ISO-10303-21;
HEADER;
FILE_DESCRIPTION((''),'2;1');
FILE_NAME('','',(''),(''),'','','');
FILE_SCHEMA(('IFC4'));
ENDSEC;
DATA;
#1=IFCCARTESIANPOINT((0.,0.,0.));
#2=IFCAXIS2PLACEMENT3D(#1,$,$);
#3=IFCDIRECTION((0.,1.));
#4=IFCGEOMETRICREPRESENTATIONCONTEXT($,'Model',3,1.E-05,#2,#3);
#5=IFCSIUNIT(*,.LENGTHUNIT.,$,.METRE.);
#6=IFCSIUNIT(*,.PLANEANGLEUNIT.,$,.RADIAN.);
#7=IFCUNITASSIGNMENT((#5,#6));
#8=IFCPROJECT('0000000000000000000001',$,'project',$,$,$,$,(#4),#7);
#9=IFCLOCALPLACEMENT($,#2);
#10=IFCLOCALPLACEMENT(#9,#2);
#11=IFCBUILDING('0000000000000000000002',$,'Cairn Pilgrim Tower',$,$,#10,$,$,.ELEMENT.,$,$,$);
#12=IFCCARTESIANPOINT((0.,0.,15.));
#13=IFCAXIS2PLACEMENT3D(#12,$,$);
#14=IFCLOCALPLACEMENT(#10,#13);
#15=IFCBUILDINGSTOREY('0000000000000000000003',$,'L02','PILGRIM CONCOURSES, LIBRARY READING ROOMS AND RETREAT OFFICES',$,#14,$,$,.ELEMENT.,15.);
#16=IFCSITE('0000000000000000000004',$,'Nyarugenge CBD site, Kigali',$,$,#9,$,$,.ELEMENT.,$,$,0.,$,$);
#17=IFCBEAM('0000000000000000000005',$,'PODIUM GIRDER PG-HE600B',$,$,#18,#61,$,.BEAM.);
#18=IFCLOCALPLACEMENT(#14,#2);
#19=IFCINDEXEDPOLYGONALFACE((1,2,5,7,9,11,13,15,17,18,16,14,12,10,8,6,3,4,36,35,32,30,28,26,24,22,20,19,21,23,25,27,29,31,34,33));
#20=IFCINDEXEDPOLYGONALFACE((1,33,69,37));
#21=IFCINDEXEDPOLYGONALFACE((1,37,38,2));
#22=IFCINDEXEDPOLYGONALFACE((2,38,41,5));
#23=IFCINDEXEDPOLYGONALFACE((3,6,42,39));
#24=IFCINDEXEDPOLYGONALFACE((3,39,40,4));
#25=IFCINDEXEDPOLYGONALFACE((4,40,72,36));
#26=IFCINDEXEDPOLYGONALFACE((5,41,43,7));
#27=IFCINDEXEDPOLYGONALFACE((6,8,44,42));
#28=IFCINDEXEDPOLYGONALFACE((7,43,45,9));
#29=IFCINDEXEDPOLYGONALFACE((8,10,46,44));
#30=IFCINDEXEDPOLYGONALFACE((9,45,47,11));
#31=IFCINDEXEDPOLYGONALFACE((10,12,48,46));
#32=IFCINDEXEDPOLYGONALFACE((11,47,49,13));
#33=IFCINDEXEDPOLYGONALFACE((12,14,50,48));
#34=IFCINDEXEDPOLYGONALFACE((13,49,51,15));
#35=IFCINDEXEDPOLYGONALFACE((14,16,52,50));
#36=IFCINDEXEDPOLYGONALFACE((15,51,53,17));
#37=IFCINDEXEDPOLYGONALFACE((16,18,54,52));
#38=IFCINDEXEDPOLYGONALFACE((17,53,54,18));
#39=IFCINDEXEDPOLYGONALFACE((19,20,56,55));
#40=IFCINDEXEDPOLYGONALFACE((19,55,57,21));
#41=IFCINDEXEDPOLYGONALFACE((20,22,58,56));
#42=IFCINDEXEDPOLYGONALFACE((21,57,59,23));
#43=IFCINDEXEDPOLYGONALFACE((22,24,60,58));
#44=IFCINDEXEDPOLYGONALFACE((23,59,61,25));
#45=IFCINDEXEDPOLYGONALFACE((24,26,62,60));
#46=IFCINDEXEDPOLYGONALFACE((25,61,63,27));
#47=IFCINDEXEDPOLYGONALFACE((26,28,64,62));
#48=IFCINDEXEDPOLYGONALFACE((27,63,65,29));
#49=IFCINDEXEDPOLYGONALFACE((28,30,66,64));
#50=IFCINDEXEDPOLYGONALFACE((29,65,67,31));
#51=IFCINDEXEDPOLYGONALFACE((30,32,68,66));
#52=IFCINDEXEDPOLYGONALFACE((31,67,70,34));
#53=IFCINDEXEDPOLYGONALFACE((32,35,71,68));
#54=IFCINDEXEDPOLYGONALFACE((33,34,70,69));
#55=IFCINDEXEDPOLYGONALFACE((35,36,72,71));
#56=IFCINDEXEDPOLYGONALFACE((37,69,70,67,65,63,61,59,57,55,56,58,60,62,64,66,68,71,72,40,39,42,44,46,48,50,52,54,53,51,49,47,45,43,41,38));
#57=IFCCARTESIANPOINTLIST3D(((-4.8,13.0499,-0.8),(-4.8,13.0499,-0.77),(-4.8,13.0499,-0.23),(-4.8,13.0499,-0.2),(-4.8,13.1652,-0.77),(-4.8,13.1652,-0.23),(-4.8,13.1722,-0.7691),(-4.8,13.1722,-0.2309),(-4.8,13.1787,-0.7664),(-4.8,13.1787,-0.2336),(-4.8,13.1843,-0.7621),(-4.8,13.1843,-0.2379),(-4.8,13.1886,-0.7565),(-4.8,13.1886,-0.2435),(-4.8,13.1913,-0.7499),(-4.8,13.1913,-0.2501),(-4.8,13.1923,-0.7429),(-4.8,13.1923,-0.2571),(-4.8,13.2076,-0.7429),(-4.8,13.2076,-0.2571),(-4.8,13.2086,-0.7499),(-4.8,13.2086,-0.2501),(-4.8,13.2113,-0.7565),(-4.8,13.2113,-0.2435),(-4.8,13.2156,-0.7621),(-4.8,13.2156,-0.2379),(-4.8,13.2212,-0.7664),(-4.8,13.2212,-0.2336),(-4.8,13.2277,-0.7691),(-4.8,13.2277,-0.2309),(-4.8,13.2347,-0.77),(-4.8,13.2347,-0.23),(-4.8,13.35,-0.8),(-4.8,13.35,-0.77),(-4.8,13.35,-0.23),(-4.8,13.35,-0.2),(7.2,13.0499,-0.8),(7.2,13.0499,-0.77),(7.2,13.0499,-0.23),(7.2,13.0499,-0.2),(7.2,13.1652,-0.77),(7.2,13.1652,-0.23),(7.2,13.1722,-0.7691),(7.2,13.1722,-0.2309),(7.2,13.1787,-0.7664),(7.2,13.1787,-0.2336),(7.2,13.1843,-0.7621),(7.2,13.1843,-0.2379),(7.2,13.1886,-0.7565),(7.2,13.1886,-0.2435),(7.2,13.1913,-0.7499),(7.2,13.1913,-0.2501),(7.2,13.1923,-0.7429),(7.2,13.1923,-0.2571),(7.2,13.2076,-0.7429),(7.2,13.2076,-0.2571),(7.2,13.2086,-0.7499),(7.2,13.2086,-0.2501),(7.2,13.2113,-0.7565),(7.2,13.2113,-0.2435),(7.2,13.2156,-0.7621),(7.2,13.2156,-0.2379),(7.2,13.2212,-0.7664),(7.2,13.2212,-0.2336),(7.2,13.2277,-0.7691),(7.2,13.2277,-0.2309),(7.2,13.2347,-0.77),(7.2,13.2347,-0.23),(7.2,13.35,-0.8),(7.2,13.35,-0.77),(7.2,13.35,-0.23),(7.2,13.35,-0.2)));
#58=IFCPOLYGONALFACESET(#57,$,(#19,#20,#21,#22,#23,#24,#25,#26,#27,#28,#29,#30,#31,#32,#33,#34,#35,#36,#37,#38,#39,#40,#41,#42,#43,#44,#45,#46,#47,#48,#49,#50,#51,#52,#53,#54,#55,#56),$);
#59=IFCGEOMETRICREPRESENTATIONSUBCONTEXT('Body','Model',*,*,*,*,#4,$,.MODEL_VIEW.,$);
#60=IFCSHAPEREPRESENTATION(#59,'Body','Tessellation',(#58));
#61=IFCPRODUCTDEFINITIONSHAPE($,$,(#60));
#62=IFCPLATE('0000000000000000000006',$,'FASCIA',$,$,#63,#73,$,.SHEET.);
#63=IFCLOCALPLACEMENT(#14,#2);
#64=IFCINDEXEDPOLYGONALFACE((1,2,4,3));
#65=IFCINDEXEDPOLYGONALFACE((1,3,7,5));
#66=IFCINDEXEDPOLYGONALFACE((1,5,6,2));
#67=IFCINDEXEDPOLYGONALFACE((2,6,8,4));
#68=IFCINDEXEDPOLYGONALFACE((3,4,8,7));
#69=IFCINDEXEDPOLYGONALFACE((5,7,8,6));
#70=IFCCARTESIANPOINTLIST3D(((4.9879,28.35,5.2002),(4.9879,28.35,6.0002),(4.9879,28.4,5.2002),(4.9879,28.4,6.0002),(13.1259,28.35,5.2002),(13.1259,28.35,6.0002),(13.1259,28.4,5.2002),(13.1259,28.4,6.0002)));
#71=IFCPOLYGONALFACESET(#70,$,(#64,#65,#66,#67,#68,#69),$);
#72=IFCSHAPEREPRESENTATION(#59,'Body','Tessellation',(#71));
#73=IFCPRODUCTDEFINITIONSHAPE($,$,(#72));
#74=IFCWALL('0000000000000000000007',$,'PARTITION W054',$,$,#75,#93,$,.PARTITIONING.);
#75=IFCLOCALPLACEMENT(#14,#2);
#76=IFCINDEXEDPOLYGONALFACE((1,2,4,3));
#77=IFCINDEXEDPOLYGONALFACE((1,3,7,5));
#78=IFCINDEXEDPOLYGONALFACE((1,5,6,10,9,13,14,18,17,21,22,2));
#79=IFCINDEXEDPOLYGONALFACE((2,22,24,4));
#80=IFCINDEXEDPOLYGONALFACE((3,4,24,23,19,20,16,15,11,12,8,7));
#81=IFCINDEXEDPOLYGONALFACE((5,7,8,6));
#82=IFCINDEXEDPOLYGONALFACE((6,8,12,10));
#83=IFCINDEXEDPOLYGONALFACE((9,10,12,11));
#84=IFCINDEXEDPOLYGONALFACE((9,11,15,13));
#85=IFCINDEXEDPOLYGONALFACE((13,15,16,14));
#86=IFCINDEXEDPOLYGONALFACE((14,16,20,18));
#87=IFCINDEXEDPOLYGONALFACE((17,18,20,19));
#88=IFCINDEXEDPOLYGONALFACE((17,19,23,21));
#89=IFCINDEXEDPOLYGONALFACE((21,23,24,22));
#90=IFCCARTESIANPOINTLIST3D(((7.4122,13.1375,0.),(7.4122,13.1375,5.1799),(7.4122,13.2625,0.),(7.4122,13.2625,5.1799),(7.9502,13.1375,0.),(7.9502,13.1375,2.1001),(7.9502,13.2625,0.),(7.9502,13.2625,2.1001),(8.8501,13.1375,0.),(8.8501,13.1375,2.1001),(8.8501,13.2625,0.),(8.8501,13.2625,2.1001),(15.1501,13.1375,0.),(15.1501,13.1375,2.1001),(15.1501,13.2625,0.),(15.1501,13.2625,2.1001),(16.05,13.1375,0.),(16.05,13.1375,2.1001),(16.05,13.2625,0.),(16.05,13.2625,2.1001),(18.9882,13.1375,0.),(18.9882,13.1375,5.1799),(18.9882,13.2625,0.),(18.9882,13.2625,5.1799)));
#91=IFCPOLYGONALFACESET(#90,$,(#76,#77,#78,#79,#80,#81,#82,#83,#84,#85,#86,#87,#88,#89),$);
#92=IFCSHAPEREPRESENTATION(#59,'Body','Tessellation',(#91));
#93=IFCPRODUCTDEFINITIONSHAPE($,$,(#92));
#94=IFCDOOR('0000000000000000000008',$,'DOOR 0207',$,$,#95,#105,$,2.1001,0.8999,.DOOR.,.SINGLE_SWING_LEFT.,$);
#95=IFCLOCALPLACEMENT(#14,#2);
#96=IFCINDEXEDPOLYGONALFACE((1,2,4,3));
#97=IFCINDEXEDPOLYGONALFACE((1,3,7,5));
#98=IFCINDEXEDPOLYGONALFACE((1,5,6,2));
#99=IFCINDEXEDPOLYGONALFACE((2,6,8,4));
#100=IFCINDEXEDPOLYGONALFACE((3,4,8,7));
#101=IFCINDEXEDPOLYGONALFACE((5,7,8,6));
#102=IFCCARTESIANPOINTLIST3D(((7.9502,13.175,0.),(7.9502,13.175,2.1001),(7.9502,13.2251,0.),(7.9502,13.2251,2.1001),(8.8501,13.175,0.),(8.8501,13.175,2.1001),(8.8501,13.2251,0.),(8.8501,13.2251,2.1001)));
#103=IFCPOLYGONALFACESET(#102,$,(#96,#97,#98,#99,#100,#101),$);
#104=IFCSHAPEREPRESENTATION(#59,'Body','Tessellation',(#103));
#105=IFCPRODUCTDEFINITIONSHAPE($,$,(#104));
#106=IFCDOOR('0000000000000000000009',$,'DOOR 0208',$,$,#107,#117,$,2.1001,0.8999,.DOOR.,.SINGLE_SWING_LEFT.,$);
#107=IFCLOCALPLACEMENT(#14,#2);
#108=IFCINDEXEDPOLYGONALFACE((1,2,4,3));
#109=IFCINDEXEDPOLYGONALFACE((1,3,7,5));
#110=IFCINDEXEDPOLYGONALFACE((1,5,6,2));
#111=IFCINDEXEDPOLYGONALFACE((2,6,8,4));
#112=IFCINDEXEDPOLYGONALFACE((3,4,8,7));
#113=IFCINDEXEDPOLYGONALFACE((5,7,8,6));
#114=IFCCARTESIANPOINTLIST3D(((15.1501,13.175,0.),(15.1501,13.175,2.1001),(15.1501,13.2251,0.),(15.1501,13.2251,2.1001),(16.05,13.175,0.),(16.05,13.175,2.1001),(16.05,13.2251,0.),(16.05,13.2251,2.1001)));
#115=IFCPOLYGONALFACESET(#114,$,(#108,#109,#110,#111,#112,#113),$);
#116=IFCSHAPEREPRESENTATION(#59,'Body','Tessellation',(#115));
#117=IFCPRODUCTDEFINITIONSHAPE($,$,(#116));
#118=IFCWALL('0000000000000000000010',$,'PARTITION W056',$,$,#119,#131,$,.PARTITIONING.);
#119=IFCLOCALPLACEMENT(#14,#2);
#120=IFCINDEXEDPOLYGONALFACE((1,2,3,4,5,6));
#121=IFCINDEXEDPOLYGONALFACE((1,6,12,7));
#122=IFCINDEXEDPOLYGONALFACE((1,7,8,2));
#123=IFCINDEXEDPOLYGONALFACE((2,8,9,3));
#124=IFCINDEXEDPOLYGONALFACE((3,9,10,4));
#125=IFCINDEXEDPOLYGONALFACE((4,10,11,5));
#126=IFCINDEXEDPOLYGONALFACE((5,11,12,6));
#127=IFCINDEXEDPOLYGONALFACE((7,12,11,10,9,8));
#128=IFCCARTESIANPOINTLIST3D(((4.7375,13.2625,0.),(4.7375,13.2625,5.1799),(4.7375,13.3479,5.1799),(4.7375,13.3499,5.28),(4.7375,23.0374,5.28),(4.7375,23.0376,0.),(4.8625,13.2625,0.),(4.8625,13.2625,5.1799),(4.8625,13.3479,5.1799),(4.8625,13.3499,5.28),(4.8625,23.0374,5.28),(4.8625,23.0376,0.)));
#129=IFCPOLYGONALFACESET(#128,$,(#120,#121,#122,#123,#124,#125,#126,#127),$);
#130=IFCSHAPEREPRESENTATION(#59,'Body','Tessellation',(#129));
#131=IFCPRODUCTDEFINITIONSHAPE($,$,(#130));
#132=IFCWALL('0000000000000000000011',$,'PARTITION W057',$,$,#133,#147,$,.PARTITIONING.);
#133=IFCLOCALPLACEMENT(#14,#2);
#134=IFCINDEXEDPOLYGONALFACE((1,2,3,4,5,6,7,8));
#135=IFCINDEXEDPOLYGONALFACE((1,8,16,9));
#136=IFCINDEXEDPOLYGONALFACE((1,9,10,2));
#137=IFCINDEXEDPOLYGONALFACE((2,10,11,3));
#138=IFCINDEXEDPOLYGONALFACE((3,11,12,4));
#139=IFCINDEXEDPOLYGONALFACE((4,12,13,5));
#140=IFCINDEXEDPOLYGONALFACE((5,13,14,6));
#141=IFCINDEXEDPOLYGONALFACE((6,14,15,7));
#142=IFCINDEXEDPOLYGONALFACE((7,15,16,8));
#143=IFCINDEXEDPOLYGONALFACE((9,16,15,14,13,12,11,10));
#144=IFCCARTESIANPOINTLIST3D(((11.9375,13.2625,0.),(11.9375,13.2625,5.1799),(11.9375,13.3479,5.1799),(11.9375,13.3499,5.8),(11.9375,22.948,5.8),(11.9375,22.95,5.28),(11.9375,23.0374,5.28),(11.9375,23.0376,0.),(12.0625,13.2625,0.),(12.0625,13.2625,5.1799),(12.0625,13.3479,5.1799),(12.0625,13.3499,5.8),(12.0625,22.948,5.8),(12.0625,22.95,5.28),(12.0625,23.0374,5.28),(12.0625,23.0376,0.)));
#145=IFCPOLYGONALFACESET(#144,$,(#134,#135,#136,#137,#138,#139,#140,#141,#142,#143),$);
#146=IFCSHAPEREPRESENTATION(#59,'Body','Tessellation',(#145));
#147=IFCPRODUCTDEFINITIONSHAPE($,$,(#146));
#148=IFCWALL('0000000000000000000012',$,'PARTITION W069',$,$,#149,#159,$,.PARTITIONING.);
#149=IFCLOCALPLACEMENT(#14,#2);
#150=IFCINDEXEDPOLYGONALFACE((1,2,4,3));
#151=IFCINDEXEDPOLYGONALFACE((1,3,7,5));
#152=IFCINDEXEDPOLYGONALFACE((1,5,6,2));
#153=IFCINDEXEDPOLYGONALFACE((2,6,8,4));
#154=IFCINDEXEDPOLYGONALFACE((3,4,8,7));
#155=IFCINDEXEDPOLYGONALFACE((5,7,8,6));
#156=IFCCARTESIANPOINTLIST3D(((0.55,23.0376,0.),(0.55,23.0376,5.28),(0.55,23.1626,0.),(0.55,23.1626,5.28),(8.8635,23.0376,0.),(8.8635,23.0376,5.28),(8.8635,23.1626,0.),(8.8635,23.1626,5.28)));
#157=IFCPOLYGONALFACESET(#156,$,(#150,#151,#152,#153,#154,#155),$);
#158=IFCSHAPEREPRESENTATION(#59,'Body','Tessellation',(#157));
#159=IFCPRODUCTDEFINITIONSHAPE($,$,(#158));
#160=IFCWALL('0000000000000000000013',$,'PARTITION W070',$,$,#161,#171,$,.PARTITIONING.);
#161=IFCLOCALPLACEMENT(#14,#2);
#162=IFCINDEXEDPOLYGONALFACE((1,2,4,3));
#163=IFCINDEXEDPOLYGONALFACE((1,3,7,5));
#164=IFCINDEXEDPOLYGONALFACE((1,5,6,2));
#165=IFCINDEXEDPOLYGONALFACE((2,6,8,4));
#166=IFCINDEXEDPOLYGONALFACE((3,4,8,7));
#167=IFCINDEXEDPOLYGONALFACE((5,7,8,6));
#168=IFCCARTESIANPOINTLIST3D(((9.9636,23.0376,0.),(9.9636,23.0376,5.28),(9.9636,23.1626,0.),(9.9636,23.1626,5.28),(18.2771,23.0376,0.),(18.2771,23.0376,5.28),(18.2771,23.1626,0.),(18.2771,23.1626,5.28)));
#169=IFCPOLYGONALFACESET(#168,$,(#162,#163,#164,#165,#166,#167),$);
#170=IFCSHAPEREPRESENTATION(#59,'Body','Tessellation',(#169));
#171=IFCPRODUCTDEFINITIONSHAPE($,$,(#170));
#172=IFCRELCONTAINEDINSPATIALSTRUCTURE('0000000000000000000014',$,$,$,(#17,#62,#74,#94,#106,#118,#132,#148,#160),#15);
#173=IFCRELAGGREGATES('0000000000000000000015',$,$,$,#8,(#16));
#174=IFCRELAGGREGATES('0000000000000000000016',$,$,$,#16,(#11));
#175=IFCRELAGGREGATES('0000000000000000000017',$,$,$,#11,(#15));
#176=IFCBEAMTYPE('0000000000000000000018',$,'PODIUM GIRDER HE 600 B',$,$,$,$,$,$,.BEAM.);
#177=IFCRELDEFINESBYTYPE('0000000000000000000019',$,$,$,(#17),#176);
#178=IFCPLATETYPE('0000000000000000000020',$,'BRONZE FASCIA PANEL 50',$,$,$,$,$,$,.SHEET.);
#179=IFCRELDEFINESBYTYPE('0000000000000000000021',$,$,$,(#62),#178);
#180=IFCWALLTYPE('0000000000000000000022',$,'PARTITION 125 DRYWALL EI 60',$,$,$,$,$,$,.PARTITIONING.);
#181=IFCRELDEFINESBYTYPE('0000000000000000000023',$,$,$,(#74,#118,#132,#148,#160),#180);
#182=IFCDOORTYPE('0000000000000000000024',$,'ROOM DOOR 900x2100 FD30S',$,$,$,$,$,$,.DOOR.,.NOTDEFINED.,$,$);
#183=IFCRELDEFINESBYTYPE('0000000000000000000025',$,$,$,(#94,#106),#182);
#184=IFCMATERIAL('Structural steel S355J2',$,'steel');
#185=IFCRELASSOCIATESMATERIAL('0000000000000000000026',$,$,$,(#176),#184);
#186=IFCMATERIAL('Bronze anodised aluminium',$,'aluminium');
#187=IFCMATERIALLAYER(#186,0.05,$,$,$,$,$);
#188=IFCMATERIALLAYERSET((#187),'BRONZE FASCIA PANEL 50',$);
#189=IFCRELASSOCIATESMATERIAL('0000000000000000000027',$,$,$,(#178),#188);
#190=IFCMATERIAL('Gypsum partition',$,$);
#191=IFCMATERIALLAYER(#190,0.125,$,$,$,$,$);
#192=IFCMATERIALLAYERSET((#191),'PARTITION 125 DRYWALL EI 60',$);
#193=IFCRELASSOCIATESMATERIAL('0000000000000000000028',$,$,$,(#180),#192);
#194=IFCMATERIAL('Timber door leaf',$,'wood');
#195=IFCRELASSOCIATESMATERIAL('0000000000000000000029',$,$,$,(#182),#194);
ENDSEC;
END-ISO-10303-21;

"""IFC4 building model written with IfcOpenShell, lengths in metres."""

from ifc_helpers import new_model, si_unit, direction, frame, frame_2d, origin, origin_2d, place, context, subcontext, project, spatial, polyline, rectangle, i_section, outline, extrude, material, layer, layer_set, material_profile, profile_set, type_object, element, fill, save


model = new_model("IFC4")

# Units and contexts
model_context = context("Model", 3, precision=1e-05, world=origin(), true_north=direction((0.0, 1.0)))
body_context = subcontext(model_context, "Body", "Model", "MODEL_VIEW")
ifc_project = project(units=[si_unit("LENGTHUNIT", "METRE"), si_unit("PLANEANGLEUNIT", "RADIAN")], contexts=[model_context])

# Site, building, storey
site_placement = place(None, origin())
site = spatial("IfcSite", under=ifc_project, at=site_placement, Name="Nyarugenge CBD site, Kigali", CompositionType="ELEMENT", RefElevation=0.0)
building_placement = place(site_placement, origin())
building = spatial("IfcBuilding", under=site, at=building_placement, Name="Cairn Pilgrim Tower", CompositionType="ELEMENT")
storey_placement = place(building_placement, frame((0.0, 0.0, 15.0)))
storey = spatial("IfcBuildingStorey", under=building, at=storey_placement, Name="L02", Description="PILGRIM CONCOURSES, LIBRARY READING ROOMS AND RETREAT OFFICES", CompositionType="ELEMENT", Elevation=15.0)

# Beam
ifc_material_1 = material(Name="Structural steel S355J2", Category="steel")
ifc_material_profile_1 = material_profile(ifc_material_1, i_section(OverallWidth=0.3, OverallDepth=0.6001, WebThickness=0.0154, FlangeThickness=0.03, FilletRadius=0.0271, at=origin_2d()), Name="HEB 600")
ifc_profile_set_1 = profile_set([ifc_material_profile_1], Name="Structural steel S355J2")
beam_type_1 = type_object("IfcBeamType", Name="PODIUM GIRDER HE 600 B", PredefinedType="BEAM", material=ifc_profile_set_1)
beam_1_placement = place(storey_placement, frame((7.2, 13.2, -0.5), z_axis=(-1.0, 0.0, 0.0), x_axis=(0.0, -1.0, 0.0)))
element("IfcBeam", 1, at=beam_1_placement, inside=storey, type_object=beam_type_1, Name="PODIUM GIRDER PG-HE600B", PredefinedType="BEAM", context=body_context, shape_type="SweptSolid", body=[
    extrude(i_section(OverallWidth=0.3, OverallDepth=0.6001, WebThickness=0.0154, FlangeThickness=0.03, FilletRadius=0.0271, at=origin_2d()), origin(), (0.0, 0.0, 1.0), 12.0),
])

# Plate
ifc_material_2 = material(Name="Bronze anodised aluminium", Category="aluminium")
ifc_layer_1 = layer(ifc_material_2, 0.05)
ifc_layer_set_1 = layer_set([ifc_layer_1], Name="BRONZE FASCIA PANEL 50")
plate_type = type_object("IfcPlateType", Name="BRONZE FASCIA PANEL 50", PredefinedType="SHEET", material=ifc_layer_set_1)
plate_placement = place(storey_placement, frame((9.0569, 28.375, 5.2002), z_axis=(0.0, 0.0, 1.0), x_axis=(-1.0, 0.0, 0.0)))
element("IfcPlate", 2, at=plate_placement, inside=storey, type_object=plate_type, Name="FASCIA", PredefinedType="SHEET", context=body_context, shape_type="SweptSolid", body=[
    extrude(rectangle(XDim=8.1379, YDim=0.05, at=origin_2d()), origin(), (0.0, 0.0, 1.0), 0.8),
])

# Wall, openings, doors
ifc_material_3 = material(Name="Gypsum partition")
ifc_layer_2 = layer(ifc_material_3, 0.125)
ifc_layer_set_2 = layer_set([ifc_layer_2], Name="PARTITION 125 DRYWALL EI 60")
wall_type_1 = type_object("IfcWallType", Name="PARTITION 125 DRYWALL EI 60", PredefinedType="PARTITIONING", material=ifc_layer_set_2)
wall_1_placement = place(storey_placement, frame((7.4121, 13.2, 0.0), z_axis=(0.0, 0.0, 1.0), x_axis=(1.0, 0.0, 0.0)))
wall_1 = element("IfcWall", 3, at=wall_1_placement, inside=storey, type_object=wall_type_1, Name="PARTITION W054", PredefinedType="PARTITIONING", context=body_context, shape_type="SweptSolid", body=[
    extrude(rectangle(XDim=11.5759, YDim=0.125, at=frame_2d((5.7881, 0.0))), origin(), (0.0, 0.0, 1.0), 5.1799),
])
opening_1_placement = place(wall_1_placement, frame((0.5381, 0.0, 0.0)))
opening_1 = element("IfcOpeningElement", 4, at=opening_1_placement, cuts=wall_1, PredefinedType="OPENING", context=body_context, shape_type="SweptSolid", body=[
    extrude(rectangle(XDim=0.8999, YDim=2.1001, at=frame_2d((0.45, 1.05))), frame((0.0, 0.0725, 0.0), z_axis=(0.0, -1.0, 0.0), x_axis=(1.0, 0.0, 0.0)), (0.0, 0.0, 1.0), 0.145),
])
opening_2_placement = place(wall_1_placement, frame((7.738, 0.0, 0.0)))
opening_2 = element("IfcOpeningElement", 5, at=opening_2_placement, cuts=wall_1, PredefinedType="OPENING", context=body_context, shape_type="SweptSolid", body=[
    extrude(rectangle(XDim=0.8999, YDim=2.1001, at=frame_2d((0.45, 1.05))), frame((0.0, 0.0725, 0.0), z_axis=(0.0, -1.0, 0.0), x_axis=(1.0, 0.0, 0.0)), (0.0, 0.0, 1.0), 0.145),
])
ifc_material_4 = material(Name="Timber door leaf", Category="wood")
door_type = type_object("IfcDoorType", Name="ROOM DOOR 900x2100 FD30S", OperationType="NOTDEFINED", PredefinedType="DOOR", material=ifc_material_4)
door_1_placement = place(opening_1_placement, frame((0.8999, 0.0, 0.0), z_axis=(0.0, 0.0, 1.0), x_axis=(-1.0, 0.0, 0.0)))
door_1 = element("IfcDoor", 6, at=door_1_placement, inside=storey, type_object=door_type, Name="DOOR 0207", OperationType="SINGLE_SWING_LEFT", OverallHeight=2.1001, OverallWidth=0.8999, PredefinedType="DOOR", context=body_context, shape_type="SweptSolid", body=[
    extrude(rectangle(XDim=0.8999, YDim=2.1001, at=frame_2d((0.45, 1.05))), frame((0.0, 0.0249, 0.0), z_axis=(0.0, -1.0, 0.0), x_axis=(1.0, 0.0, 0.0)), (0.0, 0.0, 1.0), 0.05),
])
fill(opening_1, door_1)
door_2_placement = place(opening_2_placement, frame((0.8999, 0.0, 0.0), z_axis=(0.0, 0.0, 1.0), x_axis=(-1.0, 0.0, 0.0)))
door_2 = element("IfcDoor", 7, at=door_2_placement, inside=storey, type_object=door_type, Name="DOOR 0208", OperationType="SINGLE_SWING_LEFT", OverallHeight=2.1001, OverallWidth=0.8999, PredefinedType="DOOR", context=body_context, shape_type="SweptSolid", body=[
    extrude(rectangle(XDim=0.8999, YDim=2.1001, at=frame_2d((0.45, 1.05))), frame((0.0, 0.0249, 0.0), z_axis=(0.0, -1.0, 0.0), x_axis=(1.0, 0.0, 0.0)), (0.0, 0.0, 1.0), 0.05),
])
fill(opening_2, door_2)

# Walls
wall_2_placement = place(storey_placement, frame((4.8, 13.2625, 0.0), z_axis=(0.0, 0.0, 1.0), x_axis=(0.0, 1.0, 0.0)))
element("IfcWall", 8, at=wall_2_placement, inside=storey, type_object=wall_type_1, Name="PARTITION W056", PredefinedType="PARTITIONING", context=body_context, shape_type="SweptSolid", body=[
    extrude(outline(polyline([(0.0, 0.0), (9.7751, 0.0), (9.7749, 5.28), (0.0874, 5.28), (0.0854, 5.1799), (0.0, 5.1799), (0.0, 0.0)])), frame((0.0, 0.0625, 0.0), z_axis=(0.0, -1.0, 0.0), x_axis=(1.0, 0.0, 0.0)), (0.0, 0.0, 1.0), 0.125),
])
wall_3_placement = place(storey_placement, frame((12.0, 13.2625, 0.0), z_axis=(0.0, 0.0, 1.0), x_axis=(0.0, 1.0, 0.0)))
element("IfcWall", 9, at=wall_3_placement, inside=storey, type_object=wall_type_1, Name="PARTITION W057", PredefinedType="PARTITIONING", context=body_context, shape_type="SweptSolid", body=[
    extrude(outline(polyline([(0.0, 0.0), (9.7751, 0.0), (9.7749, 5.28), (9.6875, 5.28), (9.6855, 5.8), (0.0874, 5.8), (0.0854, 5.1799), (0.0, 5.1799), (0.0, 0.0)])), frame((0.0, 0.0625, 0.0), z_axis=(0.0, -1.0, 0.0), x_axis=(1.0, 0.0, 0.0)), (0.0, 0.0, 1.0), 0.125),
])
for number, where, z_axis, x_axis, name in (
    (10, (0.55, 23.1001, 0.0), (0.0, 0.0, 1.0), (1.0, 0.0, 0.0), "PARTITION W069"),
    (11, (9.9636, 23.1001, 0.0), (0.0, 0.0, 1.0), (1.0, 0.0, 0.0), "PARTITION W070"),
):
    element("IfcWall", number, at=place(storey_placement, frame(where, z_axis=z_axis, x_axis=x_axis)), inside=storey, type_object=wall_type_1, Name=name, PredefinedType="PARTITIONING", context=body_context, shape_type="SweptSolid", body=[
        extrude(rectangle(XDim=8.3135, YDim=0.125, at=frame_2d((4.1567, 0.0))), origin(), (0.0, 0.0, 1.0), 5.28),
    ])

save(model, "model.ifc")
